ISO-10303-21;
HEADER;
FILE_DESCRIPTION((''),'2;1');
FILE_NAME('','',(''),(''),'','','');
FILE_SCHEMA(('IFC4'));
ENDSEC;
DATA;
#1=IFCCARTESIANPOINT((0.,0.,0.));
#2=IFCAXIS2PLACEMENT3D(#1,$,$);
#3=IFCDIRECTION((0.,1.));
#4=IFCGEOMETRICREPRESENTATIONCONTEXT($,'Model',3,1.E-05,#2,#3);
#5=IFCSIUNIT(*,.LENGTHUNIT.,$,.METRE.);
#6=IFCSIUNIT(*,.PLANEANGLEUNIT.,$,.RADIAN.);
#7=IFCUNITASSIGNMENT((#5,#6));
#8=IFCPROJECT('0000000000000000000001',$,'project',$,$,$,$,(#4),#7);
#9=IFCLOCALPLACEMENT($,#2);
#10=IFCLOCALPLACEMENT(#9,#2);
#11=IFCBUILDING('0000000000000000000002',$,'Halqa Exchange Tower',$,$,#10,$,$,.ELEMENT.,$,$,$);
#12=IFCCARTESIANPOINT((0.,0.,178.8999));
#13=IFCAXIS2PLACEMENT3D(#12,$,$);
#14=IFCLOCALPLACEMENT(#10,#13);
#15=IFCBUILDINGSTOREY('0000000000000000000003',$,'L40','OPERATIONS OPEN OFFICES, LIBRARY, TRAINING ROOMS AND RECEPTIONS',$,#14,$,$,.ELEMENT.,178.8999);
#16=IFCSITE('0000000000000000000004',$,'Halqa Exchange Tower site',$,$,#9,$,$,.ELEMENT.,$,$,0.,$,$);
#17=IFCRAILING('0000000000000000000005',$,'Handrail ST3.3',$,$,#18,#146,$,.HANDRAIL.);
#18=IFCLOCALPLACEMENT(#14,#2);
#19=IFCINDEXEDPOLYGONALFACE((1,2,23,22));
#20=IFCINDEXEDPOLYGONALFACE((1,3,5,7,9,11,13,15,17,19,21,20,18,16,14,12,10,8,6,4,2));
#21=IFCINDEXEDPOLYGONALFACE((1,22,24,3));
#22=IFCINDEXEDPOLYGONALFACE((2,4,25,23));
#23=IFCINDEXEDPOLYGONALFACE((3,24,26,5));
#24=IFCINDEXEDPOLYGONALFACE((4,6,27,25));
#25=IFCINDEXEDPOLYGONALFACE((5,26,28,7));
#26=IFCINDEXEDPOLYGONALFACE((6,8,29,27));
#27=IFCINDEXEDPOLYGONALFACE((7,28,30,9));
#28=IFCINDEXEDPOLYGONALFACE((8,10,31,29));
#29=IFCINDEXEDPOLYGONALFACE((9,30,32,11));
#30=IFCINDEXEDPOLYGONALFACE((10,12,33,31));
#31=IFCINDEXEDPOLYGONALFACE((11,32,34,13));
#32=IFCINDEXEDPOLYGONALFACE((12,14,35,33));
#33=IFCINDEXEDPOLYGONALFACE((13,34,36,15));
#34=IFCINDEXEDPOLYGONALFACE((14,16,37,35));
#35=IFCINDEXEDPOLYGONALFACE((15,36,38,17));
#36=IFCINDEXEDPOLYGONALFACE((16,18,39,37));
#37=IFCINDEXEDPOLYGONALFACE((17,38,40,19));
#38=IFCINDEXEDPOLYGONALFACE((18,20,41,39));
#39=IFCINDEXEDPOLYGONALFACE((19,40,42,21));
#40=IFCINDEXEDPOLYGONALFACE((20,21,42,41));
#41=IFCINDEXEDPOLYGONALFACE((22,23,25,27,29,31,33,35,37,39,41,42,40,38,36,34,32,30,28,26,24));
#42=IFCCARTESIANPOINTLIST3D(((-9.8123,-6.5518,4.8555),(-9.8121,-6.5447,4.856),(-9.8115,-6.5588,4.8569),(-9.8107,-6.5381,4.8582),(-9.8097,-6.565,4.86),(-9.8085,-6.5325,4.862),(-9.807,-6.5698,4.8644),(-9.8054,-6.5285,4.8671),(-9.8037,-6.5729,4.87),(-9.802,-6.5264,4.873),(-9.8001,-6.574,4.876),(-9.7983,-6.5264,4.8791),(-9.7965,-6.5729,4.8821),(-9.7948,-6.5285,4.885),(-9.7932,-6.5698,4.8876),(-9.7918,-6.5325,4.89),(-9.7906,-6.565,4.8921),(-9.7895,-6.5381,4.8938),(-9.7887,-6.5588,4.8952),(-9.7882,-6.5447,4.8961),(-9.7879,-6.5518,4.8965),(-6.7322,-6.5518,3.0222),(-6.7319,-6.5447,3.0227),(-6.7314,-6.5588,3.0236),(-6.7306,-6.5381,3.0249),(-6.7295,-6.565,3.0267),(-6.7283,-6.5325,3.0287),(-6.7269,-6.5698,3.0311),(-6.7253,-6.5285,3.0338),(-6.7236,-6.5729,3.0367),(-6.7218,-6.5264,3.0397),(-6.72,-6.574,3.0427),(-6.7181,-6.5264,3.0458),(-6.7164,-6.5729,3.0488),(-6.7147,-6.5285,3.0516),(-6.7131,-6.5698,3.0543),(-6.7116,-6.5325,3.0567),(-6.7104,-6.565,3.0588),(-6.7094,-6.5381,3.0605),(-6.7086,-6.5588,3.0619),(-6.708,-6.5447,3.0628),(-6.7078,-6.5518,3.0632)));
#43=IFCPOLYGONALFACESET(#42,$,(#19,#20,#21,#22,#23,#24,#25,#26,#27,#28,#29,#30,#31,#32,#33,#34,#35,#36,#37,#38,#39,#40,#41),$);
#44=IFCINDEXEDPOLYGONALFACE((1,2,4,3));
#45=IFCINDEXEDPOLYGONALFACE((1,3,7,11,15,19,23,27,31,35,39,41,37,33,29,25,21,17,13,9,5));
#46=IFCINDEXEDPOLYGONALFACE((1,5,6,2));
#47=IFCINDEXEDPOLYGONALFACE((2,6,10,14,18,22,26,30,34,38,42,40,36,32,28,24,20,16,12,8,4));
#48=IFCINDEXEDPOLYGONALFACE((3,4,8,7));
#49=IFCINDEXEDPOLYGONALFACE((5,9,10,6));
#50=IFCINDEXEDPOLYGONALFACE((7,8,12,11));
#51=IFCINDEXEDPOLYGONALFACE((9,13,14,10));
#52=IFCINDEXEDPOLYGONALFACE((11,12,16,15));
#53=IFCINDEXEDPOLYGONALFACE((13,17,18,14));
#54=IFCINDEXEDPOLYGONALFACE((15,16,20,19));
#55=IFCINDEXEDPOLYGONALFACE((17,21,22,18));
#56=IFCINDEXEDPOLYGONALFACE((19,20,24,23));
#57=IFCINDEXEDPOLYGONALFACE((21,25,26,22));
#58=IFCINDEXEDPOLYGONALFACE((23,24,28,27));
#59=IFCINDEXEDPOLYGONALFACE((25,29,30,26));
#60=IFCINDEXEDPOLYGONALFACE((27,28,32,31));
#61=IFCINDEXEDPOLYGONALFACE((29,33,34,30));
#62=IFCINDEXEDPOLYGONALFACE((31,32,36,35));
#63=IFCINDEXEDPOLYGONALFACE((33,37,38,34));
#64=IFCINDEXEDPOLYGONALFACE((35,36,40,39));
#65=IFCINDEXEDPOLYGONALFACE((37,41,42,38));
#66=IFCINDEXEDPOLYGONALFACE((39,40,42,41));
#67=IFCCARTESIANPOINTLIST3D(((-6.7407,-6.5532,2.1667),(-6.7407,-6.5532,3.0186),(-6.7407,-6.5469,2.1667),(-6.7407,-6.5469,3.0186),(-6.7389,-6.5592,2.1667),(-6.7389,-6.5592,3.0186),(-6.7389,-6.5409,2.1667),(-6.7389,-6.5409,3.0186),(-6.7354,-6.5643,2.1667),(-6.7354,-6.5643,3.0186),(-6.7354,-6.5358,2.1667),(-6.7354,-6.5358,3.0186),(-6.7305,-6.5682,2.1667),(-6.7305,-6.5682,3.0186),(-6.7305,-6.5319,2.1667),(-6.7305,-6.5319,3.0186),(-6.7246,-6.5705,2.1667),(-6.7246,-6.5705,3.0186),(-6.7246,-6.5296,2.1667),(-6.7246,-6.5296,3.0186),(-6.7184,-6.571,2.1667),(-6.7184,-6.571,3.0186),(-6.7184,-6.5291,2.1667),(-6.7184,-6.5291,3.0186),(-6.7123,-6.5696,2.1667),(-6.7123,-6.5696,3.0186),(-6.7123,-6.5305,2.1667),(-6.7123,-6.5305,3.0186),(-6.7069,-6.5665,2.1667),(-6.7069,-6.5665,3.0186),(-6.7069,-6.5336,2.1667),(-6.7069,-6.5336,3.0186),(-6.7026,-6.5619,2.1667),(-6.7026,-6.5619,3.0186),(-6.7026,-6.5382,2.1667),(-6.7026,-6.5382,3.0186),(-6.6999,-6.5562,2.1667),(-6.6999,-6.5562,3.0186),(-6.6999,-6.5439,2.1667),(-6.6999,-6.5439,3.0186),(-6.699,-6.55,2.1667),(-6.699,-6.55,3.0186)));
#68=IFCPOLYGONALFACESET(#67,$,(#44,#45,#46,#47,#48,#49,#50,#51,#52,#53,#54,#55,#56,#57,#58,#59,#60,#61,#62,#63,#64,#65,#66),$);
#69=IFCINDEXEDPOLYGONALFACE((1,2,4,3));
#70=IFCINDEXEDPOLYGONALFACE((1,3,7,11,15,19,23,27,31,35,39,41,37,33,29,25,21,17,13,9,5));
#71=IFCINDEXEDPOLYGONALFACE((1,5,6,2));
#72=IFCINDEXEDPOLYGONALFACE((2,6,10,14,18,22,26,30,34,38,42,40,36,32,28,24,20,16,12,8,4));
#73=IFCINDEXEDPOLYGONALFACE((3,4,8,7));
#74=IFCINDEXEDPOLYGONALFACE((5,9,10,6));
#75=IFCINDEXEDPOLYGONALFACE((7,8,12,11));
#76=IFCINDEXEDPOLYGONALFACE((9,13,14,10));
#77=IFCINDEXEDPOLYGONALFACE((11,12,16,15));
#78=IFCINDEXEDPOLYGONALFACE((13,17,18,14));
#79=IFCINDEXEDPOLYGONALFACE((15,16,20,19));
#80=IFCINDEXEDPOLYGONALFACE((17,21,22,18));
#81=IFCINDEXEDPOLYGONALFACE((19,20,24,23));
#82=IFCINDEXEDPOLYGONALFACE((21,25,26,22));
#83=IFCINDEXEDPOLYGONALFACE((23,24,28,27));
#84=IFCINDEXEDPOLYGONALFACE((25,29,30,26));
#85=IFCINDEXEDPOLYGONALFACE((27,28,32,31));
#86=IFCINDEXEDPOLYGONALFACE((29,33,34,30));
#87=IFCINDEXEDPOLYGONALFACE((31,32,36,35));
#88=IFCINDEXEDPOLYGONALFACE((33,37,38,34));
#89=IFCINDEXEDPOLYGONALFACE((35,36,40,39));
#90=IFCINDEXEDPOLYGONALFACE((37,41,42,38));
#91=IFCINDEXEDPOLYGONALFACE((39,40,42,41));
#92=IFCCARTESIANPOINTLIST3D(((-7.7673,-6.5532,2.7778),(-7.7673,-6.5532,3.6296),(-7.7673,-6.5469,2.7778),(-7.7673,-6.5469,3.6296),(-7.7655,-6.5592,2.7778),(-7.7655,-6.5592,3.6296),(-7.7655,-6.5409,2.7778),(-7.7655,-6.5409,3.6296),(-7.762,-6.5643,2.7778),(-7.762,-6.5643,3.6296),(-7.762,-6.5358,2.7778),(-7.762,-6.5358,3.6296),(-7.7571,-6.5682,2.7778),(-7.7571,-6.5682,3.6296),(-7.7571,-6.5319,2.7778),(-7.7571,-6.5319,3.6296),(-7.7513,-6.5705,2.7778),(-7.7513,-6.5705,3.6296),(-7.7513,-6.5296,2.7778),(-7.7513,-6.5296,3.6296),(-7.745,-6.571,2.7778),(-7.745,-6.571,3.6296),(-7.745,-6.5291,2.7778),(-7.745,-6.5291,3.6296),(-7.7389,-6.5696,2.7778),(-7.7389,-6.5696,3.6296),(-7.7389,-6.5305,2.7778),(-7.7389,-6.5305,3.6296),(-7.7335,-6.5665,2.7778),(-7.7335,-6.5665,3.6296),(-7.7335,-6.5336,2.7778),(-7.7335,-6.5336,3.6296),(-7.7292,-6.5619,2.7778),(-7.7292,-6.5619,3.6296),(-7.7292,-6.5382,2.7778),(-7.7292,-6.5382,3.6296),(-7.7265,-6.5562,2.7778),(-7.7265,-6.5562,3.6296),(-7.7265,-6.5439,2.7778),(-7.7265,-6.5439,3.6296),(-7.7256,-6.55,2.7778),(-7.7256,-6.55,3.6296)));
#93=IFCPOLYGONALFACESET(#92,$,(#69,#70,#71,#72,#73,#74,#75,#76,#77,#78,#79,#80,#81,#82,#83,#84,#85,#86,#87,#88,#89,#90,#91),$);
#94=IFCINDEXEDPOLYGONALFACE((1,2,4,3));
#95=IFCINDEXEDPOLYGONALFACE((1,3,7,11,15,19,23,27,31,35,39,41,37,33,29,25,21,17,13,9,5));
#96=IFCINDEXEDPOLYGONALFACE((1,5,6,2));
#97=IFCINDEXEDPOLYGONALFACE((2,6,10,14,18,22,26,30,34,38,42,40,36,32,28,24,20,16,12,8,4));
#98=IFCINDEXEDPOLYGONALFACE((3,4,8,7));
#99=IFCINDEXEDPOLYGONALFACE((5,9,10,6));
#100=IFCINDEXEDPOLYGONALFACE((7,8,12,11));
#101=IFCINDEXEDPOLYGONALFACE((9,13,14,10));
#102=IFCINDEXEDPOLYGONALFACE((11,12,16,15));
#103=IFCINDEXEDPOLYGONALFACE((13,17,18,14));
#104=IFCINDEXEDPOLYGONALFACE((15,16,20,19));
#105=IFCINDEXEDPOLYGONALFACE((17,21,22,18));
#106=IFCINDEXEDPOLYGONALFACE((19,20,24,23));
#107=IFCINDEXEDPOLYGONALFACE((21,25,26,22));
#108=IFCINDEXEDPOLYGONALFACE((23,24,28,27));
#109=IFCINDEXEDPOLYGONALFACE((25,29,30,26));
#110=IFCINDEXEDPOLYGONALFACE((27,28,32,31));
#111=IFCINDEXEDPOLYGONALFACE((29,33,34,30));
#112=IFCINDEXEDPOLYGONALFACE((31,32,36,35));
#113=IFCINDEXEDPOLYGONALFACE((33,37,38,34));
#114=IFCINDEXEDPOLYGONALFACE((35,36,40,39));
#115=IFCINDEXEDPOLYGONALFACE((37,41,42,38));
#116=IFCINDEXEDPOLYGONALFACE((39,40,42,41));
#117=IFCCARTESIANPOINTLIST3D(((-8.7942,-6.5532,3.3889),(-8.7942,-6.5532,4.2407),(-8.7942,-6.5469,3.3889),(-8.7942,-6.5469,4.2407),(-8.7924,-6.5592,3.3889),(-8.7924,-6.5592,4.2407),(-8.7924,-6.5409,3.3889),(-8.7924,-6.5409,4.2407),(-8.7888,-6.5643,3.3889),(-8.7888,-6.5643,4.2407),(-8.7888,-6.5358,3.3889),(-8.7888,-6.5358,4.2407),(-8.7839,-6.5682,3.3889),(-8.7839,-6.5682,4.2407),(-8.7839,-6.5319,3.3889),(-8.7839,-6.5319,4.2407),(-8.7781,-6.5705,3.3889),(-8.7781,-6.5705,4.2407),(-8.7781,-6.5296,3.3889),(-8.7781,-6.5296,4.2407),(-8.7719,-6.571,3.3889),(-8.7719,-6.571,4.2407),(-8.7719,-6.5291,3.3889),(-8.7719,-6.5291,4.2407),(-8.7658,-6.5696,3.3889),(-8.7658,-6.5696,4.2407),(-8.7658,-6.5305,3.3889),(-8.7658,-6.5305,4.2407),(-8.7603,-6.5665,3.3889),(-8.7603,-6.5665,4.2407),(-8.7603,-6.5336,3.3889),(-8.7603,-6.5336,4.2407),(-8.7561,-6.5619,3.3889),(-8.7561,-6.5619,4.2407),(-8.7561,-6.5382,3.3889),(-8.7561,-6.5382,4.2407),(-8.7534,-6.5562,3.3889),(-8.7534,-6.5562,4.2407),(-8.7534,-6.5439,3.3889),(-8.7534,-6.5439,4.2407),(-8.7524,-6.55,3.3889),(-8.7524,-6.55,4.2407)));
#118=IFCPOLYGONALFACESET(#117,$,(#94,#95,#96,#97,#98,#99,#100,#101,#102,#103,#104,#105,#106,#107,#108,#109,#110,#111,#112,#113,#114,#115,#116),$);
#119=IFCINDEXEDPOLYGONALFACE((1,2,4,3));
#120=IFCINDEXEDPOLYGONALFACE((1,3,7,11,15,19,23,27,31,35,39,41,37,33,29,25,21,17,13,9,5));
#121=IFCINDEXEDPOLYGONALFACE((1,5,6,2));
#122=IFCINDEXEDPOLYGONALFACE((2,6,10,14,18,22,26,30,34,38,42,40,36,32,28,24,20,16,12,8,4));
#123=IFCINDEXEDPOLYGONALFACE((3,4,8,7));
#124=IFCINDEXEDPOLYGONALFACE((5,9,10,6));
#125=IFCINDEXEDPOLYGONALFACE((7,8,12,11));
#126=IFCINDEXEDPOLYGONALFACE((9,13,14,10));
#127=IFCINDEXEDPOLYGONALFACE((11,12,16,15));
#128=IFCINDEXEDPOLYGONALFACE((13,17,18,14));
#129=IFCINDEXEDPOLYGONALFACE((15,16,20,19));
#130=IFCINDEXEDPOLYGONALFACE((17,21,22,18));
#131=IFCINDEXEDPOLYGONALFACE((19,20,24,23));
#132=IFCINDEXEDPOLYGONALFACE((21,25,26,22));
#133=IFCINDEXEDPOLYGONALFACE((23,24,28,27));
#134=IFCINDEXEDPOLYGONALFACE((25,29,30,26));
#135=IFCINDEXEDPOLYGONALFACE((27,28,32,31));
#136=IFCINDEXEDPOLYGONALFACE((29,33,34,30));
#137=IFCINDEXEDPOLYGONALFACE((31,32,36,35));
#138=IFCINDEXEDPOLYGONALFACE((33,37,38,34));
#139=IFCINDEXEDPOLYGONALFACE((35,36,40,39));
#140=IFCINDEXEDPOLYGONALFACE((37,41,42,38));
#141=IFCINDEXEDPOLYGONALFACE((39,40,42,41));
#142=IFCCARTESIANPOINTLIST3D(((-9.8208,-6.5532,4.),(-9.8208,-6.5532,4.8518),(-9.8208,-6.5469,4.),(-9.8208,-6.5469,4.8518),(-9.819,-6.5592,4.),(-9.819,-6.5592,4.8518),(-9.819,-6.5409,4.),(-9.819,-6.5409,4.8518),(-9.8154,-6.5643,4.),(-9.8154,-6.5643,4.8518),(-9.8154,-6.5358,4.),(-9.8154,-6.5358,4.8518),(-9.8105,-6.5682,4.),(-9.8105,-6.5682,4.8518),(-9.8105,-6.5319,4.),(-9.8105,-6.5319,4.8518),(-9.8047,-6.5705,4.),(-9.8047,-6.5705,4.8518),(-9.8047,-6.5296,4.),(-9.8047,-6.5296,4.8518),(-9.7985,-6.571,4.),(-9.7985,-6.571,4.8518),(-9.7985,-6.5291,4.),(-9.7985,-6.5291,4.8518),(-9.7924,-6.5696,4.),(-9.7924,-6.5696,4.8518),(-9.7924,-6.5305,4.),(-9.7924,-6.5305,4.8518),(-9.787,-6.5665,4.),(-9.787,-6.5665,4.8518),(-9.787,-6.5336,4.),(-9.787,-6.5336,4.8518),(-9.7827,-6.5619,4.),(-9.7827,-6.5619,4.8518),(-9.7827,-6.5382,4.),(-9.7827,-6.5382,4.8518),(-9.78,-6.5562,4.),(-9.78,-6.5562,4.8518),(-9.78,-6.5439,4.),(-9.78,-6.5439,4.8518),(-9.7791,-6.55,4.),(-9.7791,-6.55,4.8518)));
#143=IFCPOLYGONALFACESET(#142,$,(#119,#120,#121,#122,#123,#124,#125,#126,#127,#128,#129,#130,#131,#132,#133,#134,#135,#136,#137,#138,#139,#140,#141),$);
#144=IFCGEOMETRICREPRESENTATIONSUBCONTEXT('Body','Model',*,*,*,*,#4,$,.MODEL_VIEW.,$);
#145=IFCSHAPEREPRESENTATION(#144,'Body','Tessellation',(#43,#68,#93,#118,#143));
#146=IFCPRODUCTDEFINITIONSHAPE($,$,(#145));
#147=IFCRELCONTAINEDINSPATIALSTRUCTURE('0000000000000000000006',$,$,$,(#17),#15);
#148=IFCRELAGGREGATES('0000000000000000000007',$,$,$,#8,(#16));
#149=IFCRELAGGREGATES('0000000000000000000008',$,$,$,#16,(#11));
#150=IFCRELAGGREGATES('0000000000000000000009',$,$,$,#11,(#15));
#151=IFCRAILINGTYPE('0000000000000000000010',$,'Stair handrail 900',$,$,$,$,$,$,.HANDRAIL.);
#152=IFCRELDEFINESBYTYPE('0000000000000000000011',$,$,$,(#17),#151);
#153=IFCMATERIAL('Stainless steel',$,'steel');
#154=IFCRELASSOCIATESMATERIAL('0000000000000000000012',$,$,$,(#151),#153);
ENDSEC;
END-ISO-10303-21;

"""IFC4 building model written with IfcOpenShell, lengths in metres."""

from ifc_helpers import new_model, si_unit, direction, frame, origin, origin_2d, place, context, subcontext, project, spatial, circle, extrude, material, type_object, element, save


model = new_model("IFC4")

# Units and contexts
model_context = context("Model", 3, precision=1e-05, world=origin(), true_north=direction((0.0, 1.0)))
body_context = subcontext(model_context, "Body", "Model", "MODEL_VIEW")
ifc_project = project(units=[si_unit("LENGTHUNIT", "METRE"), si_unit("PLANEANGLEUNIT", "RADIAN")], contexts=[model_context])

# Site, building, storey
site_placement = place(None, origin())
site = spatial("IfcSite", under=ifc_project, at=site_placement, Name="Halqa Exchange Tower site", CompositionType="ELEMENT", RefElevation=0.0)
building_placement = place(site_placement, origin())
building = spatial("IfcBuilding", under=site, at=building_placement, Name="Halqa Exchange Tower", CompositionType="ELEMENT")
storey_placement = place(building_placement, frame((0.0, 0.0, 178.8999)))
storey = spatial("IfcBuildingStorey", under=building, at=storey_placement, Name="L40", Description="OPERATIONS OPEN OFFICES, LIBRARY, TRAINING ROOMS AND RECEPTIONS", CompositionType="ELEMENT", Elevation=178.8999)

# Shared definitions
ifc_material_1 = material(Name="Stainless steel", Category="steel")

# Railing
railing_type_1 = type_object("IfcRailingType", Name="Stair handrail 900", PredefinedType="HANDRAIL", material=ifc_material_1)
railing_1_placement = place(storey_placement, frame((-6.72, -6.55, 2.1667)))
element("IfcRailing", 1, at=railing_1_placement, inside=storey, type_object=railing_type_1, Name="Handrail ST3.3", PredefinedType="HANDRAIL", context=body_context, shape_type="SweptSolid", body=[
    extrude(circle(Radius=0.0239, at=origin_2d()), frame((0.0, 0.0, 0.876), z_axis=(-0.859309, 0.0, 0.511458), x_axis=(0.0, -1.0, 0.0)), (0.0, 0.0, 1.0), 3.5845),
    extrude(circle(Radius=0.021, at=origin_2d()), origin(), (0.0, 0.0, 1.0), 0.8518),
    extrude(circle(Radius=0.021, at=origin_2d()), frame((-1.0266, 0.0, 0.6111)), (0.0, 0.0, 1.0), 0.8518),
    extrude(circle(Radius=0.021, at=origin_2d()), frame((-2.0535, 0.0, 1.2222)), (0.0, 0.0, 1.0), 0.8518),
    extrude(circle(Radius=0.021, at=origin_2d()), frame((-3.0801, 0.0, 1.8333)), (0.0, 0.0, 1.0), 0.8518),
])

save(model, "model.ifc")
